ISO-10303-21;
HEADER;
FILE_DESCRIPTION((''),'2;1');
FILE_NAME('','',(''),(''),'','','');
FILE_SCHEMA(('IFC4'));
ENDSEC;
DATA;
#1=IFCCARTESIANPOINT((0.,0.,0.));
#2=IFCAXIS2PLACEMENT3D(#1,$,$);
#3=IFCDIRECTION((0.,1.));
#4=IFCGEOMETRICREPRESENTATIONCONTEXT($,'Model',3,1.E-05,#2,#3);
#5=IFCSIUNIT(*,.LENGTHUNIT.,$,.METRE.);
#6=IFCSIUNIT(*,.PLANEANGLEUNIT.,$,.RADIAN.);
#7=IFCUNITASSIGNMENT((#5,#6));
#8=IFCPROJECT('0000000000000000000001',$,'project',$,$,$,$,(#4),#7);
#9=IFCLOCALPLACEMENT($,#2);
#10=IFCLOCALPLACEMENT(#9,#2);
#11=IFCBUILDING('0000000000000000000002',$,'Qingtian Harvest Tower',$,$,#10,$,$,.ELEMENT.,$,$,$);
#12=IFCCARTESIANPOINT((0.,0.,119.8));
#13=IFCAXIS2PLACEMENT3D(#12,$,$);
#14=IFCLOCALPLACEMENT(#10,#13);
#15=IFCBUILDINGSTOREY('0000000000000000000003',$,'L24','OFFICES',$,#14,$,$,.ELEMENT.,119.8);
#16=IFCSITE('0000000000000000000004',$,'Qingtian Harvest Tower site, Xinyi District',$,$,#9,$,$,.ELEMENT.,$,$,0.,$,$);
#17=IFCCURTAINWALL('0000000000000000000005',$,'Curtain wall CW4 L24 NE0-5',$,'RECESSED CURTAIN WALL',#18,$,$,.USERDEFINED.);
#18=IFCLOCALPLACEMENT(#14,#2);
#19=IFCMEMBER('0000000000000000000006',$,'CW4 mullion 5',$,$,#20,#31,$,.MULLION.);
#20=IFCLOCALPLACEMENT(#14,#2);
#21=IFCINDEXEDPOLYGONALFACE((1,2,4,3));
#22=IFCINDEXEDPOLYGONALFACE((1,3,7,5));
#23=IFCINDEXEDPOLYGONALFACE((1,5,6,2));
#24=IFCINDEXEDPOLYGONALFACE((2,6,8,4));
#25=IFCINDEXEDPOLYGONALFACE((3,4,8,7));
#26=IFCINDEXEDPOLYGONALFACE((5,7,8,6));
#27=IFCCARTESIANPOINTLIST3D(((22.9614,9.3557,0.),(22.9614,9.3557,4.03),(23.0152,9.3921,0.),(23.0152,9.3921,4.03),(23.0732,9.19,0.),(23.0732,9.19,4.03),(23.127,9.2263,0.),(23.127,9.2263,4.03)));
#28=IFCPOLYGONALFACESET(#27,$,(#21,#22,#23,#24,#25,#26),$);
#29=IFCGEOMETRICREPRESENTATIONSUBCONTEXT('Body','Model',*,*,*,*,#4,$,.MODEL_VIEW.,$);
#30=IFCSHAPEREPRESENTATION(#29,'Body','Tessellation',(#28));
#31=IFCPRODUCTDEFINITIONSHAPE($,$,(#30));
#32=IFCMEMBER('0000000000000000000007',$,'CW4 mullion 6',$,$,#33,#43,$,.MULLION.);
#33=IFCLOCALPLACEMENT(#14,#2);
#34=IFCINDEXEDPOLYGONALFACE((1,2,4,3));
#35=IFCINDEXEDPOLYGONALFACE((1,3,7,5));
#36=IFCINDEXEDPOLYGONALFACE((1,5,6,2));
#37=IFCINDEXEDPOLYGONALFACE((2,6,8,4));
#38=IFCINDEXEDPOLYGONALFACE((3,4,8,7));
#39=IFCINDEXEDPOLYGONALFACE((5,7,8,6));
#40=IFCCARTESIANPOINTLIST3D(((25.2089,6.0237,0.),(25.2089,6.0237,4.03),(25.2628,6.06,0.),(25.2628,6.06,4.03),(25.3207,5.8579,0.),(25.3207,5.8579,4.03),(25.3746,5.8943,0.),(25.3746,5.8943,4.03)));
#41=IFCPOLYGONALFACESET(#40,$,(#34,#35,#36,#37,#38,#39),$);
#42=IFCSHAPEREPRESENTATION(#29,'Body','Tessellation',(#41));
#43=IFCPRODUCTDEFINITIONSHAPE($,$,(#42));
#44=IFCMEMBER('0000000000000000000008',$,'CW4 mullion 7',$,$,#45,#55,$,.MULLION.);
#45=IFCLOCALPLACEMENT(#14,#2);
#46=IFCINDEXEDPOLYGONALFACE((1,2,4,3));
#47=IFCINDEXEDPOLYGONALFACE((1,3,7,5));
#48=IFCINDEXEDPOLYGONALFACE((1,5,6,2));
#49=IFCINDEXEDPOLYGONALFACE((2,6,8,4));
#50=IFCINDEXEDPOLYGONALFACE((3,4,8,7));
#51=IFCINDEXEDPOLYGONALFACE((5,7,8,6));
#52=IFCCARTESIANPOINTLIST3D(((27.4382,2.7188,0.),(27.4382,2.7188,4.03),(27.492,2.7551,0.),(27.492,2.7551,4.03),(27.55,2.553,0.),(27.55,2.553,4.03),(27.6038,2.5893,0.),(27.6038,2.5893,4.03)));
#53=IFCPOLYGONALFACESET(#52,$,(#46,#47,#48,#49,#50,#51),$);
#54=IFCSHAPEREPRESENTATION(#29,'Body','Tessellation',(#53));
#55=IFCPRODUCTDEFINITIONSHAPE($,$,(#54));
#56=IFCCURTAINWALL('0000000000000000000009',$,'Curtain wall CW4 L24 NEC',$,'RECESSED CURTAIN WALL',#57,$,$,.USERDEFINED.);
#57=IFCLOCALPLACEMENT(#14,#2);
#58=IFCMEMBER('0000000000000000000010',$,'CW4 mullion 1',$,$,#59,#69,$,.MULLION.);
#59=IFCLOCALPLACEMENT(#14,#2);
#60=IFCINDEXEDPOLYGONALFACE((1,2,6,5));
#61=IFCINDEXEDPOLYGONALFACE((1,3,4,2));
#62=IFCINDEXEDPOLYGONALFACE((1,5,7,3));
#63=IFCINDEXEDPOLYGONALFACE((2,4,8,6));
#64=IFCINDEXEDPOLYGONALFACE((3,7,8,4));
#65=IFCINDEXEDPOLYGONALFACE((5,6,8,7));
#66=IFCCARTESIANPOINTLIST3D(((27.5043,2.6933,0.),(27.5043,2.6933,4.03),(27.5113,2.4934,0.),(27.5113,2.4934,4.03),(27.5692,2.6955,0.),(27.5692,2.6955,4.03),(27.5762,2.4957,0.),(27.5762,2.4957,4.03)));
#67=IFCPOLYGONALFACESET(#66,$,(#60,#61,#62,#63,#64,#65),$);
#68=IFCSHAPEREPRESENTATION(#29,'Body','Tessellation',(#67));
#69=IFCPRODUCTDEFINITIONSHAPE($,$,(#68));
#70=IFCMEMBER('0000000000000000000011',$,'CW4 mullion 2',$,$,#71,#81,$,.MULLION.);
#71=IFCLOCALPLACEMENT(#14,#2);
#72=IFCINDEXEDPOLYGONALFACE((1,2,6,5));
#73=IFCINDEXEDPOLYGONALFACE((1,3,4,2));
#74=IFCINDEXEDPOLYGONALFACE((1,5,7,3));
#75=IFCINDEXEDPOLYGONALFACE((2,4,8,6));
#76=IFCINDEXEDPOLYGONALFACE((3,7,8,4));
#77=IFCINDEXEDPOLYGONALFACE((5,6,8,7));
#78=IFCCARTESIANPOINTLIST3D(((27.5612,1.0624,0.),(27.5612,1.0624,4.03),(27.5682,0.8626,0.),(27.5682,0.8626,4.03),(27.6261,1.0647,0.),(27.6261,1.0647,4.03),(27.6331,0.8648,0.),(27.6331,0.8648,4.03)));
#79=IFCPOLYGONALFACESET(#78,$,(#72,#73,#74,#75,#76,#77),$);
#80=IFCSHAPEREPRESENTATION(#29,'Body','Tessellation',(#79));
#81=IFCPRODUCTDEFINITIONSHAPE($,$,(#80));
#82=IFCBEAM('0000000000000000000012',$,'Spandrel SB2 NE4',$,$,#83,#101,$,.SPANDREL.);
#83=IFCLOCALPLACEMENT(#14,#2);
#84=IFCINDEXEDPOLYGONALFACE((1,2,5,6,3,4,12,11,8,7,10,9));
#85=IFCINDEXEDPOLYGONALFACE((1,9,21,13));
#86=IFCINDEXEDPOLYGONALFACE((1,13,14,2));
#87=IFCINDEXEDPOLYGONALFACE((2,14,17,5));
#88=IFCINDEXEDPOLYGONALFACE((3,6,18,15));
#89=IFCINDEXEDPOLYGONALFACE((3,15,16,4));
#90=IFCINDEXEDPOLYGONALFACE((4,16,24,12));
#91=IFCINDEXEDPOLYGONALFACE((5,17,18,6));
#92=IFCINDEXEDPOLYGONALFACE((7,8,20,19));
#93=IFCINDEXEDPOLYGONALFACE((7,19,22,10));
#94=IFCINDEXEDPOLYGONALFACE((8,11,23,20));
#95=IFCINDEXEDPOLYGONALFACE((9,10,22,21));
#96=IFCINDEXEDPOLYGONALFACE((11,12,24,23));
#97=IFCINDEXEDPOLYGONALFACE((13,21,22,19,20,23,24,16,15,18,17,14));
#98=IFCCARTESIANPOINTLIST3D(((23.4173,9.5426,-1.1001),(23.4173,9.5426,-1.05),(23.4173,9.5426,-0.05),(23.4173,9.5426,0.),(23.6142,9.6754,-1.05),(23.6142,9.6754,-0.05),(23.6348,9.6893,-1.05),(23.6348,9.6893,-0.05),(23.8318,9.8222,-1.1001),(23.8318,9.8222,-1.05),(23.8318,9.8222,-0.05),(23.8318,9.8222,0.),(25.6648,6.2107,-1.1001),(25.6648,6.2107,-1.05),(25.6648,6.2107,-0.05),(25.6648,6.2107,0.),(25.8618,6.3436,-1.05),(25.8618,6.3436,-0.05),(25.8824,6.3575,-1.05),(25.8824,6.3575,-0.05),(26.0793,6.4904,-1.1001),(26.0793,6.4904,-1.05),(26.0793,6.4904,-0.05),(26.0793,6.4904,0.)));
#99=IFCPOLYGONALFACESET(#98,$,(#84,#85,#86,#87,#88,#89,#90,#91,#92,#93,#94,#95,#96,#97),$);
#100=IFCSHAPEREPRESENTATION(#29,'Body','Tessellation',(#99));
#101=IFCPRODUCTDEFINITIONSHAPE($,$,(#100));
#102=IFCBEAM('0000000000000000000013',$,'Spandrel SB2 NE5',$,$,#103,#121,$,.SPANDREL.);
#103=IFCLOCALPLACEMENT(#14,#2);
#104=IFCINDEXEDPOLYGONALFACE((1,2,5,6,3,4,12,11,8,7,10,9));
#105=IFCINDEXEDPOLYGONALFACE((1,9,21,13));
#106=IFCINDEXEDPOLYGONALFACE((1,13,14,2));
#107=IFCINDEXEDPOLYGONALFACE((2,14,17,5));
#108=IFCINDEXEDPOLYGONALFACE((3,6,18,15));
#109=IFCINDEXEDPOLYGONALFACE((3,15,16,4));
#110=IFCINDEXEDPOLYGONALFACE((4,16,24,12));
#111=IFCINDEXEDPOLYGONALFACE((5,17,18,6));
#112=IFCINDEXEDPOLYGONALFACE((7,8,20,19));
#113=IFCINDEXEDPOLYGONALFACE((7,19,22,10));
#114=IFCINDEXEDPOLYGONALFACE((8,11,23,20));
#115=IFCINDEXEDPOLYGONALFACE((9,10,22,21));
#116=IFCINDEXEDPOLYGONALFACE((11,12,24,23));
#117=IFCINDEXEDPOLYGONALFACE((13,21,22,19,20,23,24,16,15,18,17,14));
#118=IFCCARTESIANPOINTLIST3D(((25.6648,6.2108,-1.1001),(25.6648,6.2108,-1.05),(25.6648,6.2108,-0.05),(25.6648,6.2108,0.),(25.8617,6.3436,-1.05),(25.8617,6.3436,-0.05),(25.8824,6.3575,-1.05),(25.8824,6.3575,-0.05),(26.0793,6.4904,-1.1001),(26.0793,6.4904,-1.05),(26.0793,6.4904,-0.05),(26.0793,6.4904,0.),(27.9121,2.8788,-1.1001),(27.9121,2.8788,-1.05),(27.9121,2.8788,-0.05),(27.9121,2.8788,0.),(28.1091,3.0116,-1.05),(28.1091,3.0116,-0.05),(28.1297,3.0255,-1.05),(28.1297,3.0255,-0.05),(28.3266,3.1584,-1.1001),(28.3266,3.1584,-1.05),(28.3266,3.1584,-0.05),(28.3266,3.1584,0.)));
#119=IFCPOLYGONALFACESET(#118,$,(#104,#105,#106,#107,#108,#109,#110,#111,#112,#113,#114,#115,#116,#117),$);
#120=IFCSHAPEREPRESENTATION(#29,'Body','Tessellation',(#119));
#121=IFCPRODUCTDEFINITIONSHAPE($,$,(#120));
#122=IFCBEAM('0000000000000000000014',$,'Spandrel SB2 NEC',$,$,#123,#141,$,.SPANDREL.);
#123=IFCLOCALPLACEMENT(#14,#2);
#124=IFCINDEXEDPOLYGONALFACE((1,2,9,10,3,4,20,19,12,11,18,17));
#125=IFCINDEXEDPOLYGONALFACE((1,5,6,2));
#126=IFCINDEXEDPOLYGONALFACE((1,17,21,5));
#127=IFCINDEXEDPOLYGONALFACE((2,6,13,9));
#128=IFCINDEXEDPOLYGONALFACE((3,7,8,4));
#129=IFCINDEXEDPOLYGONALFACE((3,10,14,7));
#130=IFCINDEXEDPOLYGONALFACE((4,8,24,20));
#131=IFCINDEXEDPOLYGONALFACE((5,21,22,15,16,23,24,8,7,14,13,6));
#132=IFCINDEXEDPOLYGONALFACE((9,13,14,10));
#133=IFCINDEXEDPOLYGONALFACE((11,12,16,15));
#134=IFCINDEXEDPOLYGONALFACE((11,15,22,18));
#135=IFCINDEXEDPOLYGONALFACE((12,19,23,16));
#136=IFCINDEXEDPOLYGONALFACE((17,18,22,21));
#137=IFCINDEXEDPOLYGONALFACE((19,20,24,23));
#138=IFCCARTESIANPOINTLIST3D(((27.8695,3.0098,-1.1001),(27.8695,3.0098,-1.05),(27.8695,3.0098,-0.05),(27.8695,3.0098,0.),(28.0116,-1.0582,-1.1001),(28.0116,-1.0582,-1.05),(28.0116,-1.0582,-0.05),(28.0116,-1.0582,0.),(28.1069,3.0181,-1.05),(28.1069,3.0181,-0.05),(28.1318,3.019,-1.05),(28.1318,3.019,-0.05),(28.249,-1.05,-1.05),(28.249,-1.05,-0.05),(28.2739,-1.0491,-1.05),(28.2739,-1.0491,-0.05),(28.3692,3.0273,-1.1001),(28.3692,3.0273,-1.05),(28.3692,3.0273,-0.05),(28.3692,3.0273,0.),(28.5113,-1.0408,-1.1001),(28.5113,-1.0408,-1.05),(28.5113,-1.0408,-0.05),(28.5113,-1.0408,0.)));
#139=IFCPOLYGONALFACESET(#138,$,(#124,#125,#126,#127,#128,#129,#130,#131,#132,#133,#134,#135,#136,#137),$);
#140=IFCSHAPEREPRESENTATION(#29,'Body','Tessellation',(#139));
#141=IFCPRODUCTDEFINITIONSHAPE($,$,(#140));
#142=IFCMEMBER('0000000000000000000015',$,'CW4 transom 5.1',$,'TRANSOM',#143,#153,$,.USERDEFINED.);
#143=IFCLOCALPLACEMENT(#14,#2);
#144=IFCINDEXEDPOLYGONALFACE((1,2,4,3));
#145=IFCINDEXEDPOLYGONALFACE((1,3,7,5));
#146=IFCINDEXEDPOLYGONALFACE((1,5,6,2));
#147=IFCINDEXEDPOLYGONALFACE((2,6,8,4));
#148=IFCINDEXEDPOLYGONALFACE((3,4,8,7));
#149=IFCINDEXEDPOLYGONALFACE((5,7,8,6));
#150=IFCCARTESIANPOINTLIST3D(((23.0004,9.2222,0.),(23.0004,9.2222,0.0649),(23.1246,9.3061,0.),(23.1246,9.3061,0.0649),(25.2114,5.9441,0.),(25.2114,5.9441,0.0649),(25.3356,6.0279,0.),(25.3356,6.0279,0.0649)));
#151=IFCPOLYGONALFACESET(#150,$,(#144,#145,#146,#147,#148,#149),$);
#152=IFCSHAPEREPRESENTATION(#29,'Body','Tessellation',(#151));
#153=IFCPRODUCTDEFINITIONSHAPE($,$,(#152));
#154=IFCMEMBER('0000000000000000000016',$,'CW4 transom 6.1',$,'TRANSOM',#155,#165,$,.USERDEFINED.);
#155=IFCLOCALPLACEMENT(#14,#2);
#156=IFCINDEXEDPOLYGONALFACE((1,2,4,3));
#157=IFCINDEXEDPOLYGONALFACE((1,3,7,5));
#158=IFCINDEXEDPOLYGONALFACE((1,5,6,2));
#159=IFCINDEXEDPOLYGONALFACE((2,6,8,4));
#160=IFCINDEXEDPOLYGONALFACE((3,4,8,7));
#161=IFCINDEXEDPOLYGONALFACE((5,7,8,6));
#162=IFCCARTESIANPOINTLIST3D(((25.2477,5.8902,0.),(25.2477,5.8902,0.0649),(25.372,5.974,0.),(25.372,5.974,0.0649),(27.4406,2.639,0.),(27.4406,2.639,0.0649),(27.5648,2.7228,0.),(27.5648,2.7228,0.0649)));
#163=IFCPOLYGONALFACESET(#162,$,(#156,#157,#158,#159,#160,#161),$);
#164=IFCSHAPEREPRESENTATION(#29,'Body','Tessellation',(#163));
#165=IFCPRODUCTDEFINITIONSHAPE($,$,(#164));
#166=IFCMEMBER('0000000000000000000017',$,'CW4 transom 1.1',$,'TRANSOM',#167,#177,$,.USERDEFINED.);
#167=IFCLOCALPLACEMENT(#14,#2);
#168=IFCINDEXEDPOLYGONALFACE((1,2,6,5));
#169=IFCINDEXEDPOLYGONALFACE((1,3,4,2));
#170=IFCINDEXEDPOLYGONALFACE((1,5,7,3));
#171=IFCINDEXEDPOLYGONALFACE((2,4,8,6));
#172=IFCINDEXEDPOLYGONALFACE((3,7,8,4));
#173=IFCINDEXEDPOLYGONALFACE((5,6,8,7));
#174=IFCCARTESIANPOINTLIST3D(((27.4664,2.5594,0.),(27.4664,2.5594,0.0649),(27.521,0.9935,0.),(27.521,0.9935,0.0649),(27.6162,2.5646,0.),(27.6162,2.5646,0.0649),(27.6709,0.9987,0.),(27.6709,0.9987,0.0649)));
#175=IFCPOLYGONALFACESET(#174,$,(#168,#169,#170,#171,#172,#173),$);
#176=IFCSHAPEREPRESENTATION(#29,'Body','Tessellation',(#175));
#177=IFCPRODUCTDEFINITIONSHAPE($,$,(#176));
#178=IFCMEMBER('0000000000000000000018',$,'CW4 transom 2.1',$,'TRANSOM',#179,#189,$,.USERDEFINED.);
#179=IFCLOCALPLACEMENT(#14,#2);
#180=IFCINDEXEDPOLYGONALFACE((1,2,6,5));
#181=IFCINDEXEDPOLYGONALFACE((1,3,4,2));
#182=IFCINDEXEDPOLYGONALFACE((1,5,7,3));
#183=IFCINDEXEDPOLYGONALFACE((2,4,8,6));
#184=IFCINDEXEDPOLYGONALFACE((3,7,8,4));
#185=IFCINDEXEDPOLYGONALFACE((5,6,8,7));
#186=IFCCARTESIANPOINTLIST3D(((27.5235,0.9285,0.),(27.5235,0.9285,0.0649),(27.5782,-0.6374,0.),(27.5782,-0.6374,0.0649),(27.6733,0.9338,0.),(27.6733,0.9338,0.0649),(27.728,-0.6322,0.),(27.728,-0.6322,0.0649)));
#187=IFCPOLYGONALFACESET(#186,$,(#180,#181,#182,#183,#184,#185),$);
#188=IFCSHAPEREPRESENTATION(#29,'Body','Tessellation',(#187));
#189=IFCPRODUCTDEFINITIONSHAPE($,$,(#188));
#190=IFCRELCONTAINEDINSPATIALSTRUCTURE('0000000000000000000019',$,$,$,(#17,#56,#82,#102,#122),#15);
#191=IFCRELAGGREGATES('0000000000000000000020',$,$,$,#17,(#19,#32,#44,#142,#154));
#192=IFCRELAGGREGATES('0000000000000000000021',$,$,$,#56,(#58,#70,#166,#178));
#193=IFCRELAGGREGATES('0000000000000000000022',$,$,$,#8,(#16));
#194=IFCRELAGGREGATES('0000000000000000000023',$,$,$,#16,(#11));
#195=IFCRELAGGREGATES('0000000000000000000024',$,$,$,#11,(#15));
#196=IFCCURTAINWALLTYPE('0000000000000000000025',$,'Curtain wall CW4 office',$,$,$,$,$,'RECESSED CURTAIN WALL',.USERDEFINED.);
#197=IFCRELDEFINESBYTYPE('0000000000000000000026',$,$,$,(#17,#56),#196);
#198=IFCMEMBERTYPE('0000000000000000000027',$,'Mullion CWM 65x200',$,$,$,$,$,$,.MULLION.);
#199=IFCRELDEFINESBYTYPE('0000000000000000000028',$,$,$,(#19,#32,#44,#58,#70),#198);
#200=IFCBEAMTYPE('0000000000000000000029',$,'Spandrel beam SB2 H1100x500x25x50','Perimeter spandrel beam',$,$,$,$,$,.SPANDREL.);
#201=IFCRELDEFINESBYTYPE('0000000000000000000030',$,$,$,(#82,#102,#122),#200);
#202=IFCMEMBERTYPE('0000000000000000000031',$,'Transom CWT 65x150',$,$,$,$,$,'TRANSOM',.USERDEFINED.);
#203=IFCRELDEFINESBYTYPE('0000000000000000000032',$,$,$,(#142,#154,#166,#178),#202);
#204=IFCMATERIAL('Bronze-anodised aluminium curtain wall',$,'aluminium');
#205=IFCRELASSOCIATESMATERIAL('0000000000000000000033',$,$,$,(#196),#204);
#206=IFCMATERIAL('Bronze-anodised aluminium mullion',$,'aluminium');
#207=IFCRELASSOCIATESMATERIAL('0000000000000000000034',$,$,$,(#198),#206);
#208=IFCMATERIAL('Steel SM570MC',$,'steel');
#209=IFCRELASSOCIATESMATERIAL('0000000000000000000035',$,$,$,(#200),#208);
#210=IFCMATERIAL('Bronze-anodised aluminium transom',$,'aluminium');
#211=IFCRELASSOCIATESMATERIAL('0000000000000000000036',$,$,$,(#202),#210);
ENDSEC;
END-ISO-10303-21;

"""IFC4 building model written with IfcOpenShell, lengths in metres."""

from ifc_helpers import new_model, si_unit, direction, frame, origin, origin_2d, place, context, subcontext, project, spatial, rectangle, i_section, extrude, material, material_profile, profile_set, type_object, element, aggregate, save


model = new_model("IFC4")

# Units and contexts
model_context = context("Model", 3, precision=1e-05, world=origin(), true_north=direction((0.0, 1.0)))
body_context = subcontext(model_context, "Body", "Model", "MODEL_VIEW")
ifc_project = project(units=[si_unit("LENGTHUNIT", "METRE"), si_unit("PLANEANGLEUNIT", "RADIAN")], contexts=[model_context])

# Site, building, storey
site_placement = place(None, origin())
site = spatial("IfcSite", under=ifc_project, at=site_placement, Name="Qingtian Harvest Tower site, Xinyi District", CompositionType="ELEMENT", RefElevation=0.0)
building_placement = place(site_placement, origin())
building = spatial("IfcBuilding", under=site, at=building_placement, Name="Qingtian Harvest Tower", CompositionType="ELEMENT")
storey_placement = place(building_placement, frame((0.0, 0.0, 119.8)))
storey = spatial("IfcBuildingStorey", under=building, at=storey_placement, Name="L24", Description="OFFICES", CompositionType="ELEMENT", Elevation=119.8)

# Curtain walls, members
ifc_material_1 = material(Name="Bronze-anodised aluminium curtain wall", Category="aluminium")
curtain_wall_type = type_object("IfcCurtainWallType", Name="Curtain wall CW4 office", ElementType="RECESSED CURTAIN WALL", PredefinedType="USERDEFINED", material=ifc_material_1)
curtain_wall_1_placement = place(storey_placement, origin())
curtain_wall_1 = element("IfcCurtainWall", 1, at=curtain_wall_1_placement, inside=storey, type_object=curtain_wall_type, Name="Curtain wall CW4 L24 NE0-5", ObjectType="RECESSED CURTAIN WALL", PredefinedType="USERDEFINED")
ifc_material_2 = material(Name="Bronze-anodised aluminium mullion", Category="aluminium")
ifc_material_profile_1 = material_profile(ifc_material_2, rectangle(XDim=0.0649, YDim=0.2, at=origin_2d()), Name="AL 65x200")
ifc_profile_set_1 = profile_set([ifc_material_profile_1], Name="Bronze-anodised aluminium mullion")
member_type_1 = type_object("IfcMemberType", Name="Mullion CWM 65x200", PredefinedType="MULLION", material=ifc_profile_set_1)
member_1_placement = place(storey_placement, frame((23.0442, 9.291, 0.0), z_axis=(0.0, 0.0, 1.0), x_axis=(0.829038, 0.559193, 0.0)))
member_1 = element("IfcMember", 2, at=member_1_placement, type_object=member_type_1, Name="CW4 mullion 5", PredefinedType="MULLION", context=body_context, shape_type="SweptSolid", body=[
    extrude(rectangle(XDim=0.0649, YDim=0.2, at=origin_2d()), origin(), (0.0, 0.0, 1.0), 4.03),
])
member_2_placement = place(storey_placement, frame((25.2917, 5.959, 0.0), z_axis=(0.0, 0.0, 1.0), x_axis=(0.829038, 0.559193, 0.0)))
member_2 = element("IfcMember", 3, at=member_2_placement, type_object=member_type_1, Name="CW4 mullion 6", PredefinedType="MULLION", context=body_context, shape_type="SweptSolid", body=[
    extrude(rectangle(XDim=0.0649, YDim=0.2, at=origin_2d()), origin(), (0.0, 0.0, 1.0), 4.03),
])
member_3_placement = place(storey_placement, frame((27.521, 2.6541, 0.0), z_axis=(0.0, 0.0, 1.0), x_axis=(0.829038, 0.559193, 0.0)))
member_3 = element("IfcMember", 4, at=member_3_placement, type_object=member_type_1, Name="CW4 mullion 7", PredefinedType="MULLION", context=body_context, shape_type="SweptSolid", body=[
    extrude(rectangle(XDim=0.0649, YDim=0.2, at=origin_2d()), origin(), (0.0, 0.0, 1.0), 4.03),
])
curtain_wall_2_placement = place(storey_placement, origin())
curtain_wall_2 = element("IfcCurtainWall", 5, at=curtain_wall_2_placement, inside=storey, type_object=curtain_wall_type, Name="Curtain wall CW4 L24 NEC", ObjectType="RECESSED CURTAIN WALL", PredefinedType="USERDEFINED")
member_4_placement = place(storey_placement, frame((27.5403, 2.5945, 0.0), z_axis=(0.0, 0.0, 1.0), x_axis=(0.999391, 0.034899, 0.0)))
member_4 = element("IfcMember", 6, at=member_4_placement, type_object=member_type_1, Name="CW4 mullion 1", PredefinedType="MULLION", context=body_context, shape_type="SweptSolid", body=[
    extrude(rectangle(XDim=0.0649, YDim=0.2, at=origin_2d()), origin(), (0.0, 0.0, 1.0), 4.03),
])
member_5_placement = place(storey_placement, frame((27.5972, 0.9636, 0.0), z_axis=(0.0, 0.0, 1.0), x_axis=(0.999391, 0.034899, 0.0)))
member_5 = element("IfcMember", 7, at=member_5_placement, type_object=member_type_1, Name="CW4 mullion 2", PredefinedType="MULLION", context=body_context, shape_type="SweptSolid", body=[
    extrude(rectangle(XDim=0.0649, YDim=0.2, at=origin_2d()), origin(), (0.0, 0.0, 1.0), 4.03),
])

# Beams
ifc_material_3 = material(Name="Steel SM570MC", Category="steel")
ifc_material_profile_2 = material_profile(ifc_material_3, i_section(OverallWidth=0.5, OverallDepth=1.1001, WebThickness=0.0249, FlangeThickness=0.05, at=origin_2d()), Name="H1100x500x25x50")
ifc_profile_set_2 = profile_set([ifc_material_profile_2], Name="Steel SM570MC")
beam_type_1 = type_object("IfcBeamType", Name="Spandrel beam SB2 H1100x500x25x50", Description="Perimeter spandrel beam", PredefinedType="SPANDREL", material=ifc_profile_set_2)
for number, where, z_axis, x_axis, name in (
    (8, (23.6245, 9.6824, -0.55), (0.559234, -0.82901, 0.0), (0.82901, 0.559234, 0.0), "Spandrel SB2 NE4"),
    (9, (25.8721, 6.3506, -0.55), (0.559164, -0.829057, 0.0), (0.829057, 0.559164, 0.0), "Spandrel SB2 NE5"),
):
    element("IfcBeam", number, at=place(storey_placement, frame(where, z_axis=z_axis, x_axis=x_axis)), inside=storey, type_object=beam_type_1, Name=name, PredefinedType="SPANDREL", context=body_context, shape_type="SweptSolid", body=[
        extrude(i_section(OverallWidth=0.5, OverallDepth=1.1001, WebThickness=0.0249, FlangeThickness=0.05, at=origin_2d()), origin(), (0.0, 0.0, 1.0), 4.019),
    ])
beam_1_placement = place(storey_placement, frame((28.1194, 3.0186, -0.55), z_axis=(0.034906, -0.999391, 0.0), x_axis=(0.999391, 0.034906, 0.0)))
element("IfcBeam", 10, at=beam_1_placement, inside=storey, type_object=beam_type_1, Name="Spandrel SB2 NEC", PredefinedType="SPANDREL", context=body_context, shape_type="SweptSolid", body=[
    extrude(i_section(OverallWidth=0.5, OverallDepth=1.1001, WebThickness=0.0249, FlangeThickness=0.05, at=origin_2d()), origin(), (0.0, 0.0, 1.0), 4.0706),
])

# Members
ifc_material_4 = material(Name="Bronze-anodised aluminium transom", Category="aluminium")
ifc_material_profile_3 = material_profile(ifc_material_4, rectangle(XDim=0.1499, YDim=0.0649, at=origin_2d()), Name="AL 65x150")
ifc_profile_set_3 = profile_set([ifc_material_profile_3], Name="Bronze-anodised aluminium transom")
member_type_2 = type_object("IfcMemberType", Name="Transom CWT 65x150", ElementType="TRANSOM", PredefinedType="USERDEFINED", material=ifc_profile_set_3)
member_6_placement = place(storey_placement, frame((23.0625, 9.2642, 0.0325), z_axis=(0.559166, -0.829055, 0.0), x_axis=(0.829055, 0.559166, 0.0)))
member_6 = element("IfcMember", 11, at=member_6_placement, type_object=member_type_2, Name="CW4 transom 5.1", ObjectType="TRANSOM", PredefinedType="USERDEFINED", context=body_context, shape_type="SweptSolid", body=[
    extrude(rectangle(XDim=0.1499, YDim=0.0649, at=origin_2d()), origin(), (0.0, 0.0, 1.0), 3.9541),
])
member_7_placement = place(storey_placement, frame((25.3098, 5.9321, 0.0325), z_axis=(0.559175, -0.82905, 0.0), x_axis=(0.82905, 0.559175, 0.0)))
member_7 = element("IfcMember", 12, at=member_7_placement, type_object=member_type_2, Name="CW4 transom 6.1", ObjectType="TRANSOM", PredefinedType="USERDEFINED", context=body_context, shape_type="SweptSolid", body=[
    extrude(rectangle(XDim=0.1499, YDim=0.0649, at=origin_2d()), origin(), (0.0, 0.0, 1.0), 3.9216),
])
member_8_placement = place(storey_placement, frame((27.5413, 2.562, 0.0325), z_axis=(0.034902, -0.999391, 0.0), x_axis=(0.999391, 0.034902, 0.0)))
member_8 = element("IfcMember", 13, at=member_8_placement, type_object=member_type_2, Name="CW4 transom 1.1", ObjectType="TRANSOM", PredefinedType="USERDEFINED", context=body_context, shape_type="SweptSolid", body=[
    extrude(rectangle(XDim=0.1499, YDim=0.0649, at=origin_2d()), origin(), (0.0, 0.0, 1.0), 1.5669),
])
member_9_placement = place(storey_placement, frame((27.5984, 0.9312, 0.0325), z_axis=(0.034902, -0.999391, 0.0), x_axis=(0.999391, 0.034902, 0.0)))
member_9 = element("IfcMember", 14, at=member_9_placement, type_object=member_type_2, Name="CW4 transom 2.1", ObjectType="TRANSOM", PredefinedType="USERDEFINED", context=body_context, shape_type="SweptSolid", body=[
    extrude(rectangle(XDim=0.1499, YDim=0.0649, at=origin_2d()), origin(), (0.0, 0.0, 1.0), 1.5669),
])

aggregate(curtain_wall_1, [member_1, member_2, member_3, member_6, member_7])
aggregate(curtain_wall_2, [member_4, member_5, member_8, member_9])

save(model, "model.ifc")
